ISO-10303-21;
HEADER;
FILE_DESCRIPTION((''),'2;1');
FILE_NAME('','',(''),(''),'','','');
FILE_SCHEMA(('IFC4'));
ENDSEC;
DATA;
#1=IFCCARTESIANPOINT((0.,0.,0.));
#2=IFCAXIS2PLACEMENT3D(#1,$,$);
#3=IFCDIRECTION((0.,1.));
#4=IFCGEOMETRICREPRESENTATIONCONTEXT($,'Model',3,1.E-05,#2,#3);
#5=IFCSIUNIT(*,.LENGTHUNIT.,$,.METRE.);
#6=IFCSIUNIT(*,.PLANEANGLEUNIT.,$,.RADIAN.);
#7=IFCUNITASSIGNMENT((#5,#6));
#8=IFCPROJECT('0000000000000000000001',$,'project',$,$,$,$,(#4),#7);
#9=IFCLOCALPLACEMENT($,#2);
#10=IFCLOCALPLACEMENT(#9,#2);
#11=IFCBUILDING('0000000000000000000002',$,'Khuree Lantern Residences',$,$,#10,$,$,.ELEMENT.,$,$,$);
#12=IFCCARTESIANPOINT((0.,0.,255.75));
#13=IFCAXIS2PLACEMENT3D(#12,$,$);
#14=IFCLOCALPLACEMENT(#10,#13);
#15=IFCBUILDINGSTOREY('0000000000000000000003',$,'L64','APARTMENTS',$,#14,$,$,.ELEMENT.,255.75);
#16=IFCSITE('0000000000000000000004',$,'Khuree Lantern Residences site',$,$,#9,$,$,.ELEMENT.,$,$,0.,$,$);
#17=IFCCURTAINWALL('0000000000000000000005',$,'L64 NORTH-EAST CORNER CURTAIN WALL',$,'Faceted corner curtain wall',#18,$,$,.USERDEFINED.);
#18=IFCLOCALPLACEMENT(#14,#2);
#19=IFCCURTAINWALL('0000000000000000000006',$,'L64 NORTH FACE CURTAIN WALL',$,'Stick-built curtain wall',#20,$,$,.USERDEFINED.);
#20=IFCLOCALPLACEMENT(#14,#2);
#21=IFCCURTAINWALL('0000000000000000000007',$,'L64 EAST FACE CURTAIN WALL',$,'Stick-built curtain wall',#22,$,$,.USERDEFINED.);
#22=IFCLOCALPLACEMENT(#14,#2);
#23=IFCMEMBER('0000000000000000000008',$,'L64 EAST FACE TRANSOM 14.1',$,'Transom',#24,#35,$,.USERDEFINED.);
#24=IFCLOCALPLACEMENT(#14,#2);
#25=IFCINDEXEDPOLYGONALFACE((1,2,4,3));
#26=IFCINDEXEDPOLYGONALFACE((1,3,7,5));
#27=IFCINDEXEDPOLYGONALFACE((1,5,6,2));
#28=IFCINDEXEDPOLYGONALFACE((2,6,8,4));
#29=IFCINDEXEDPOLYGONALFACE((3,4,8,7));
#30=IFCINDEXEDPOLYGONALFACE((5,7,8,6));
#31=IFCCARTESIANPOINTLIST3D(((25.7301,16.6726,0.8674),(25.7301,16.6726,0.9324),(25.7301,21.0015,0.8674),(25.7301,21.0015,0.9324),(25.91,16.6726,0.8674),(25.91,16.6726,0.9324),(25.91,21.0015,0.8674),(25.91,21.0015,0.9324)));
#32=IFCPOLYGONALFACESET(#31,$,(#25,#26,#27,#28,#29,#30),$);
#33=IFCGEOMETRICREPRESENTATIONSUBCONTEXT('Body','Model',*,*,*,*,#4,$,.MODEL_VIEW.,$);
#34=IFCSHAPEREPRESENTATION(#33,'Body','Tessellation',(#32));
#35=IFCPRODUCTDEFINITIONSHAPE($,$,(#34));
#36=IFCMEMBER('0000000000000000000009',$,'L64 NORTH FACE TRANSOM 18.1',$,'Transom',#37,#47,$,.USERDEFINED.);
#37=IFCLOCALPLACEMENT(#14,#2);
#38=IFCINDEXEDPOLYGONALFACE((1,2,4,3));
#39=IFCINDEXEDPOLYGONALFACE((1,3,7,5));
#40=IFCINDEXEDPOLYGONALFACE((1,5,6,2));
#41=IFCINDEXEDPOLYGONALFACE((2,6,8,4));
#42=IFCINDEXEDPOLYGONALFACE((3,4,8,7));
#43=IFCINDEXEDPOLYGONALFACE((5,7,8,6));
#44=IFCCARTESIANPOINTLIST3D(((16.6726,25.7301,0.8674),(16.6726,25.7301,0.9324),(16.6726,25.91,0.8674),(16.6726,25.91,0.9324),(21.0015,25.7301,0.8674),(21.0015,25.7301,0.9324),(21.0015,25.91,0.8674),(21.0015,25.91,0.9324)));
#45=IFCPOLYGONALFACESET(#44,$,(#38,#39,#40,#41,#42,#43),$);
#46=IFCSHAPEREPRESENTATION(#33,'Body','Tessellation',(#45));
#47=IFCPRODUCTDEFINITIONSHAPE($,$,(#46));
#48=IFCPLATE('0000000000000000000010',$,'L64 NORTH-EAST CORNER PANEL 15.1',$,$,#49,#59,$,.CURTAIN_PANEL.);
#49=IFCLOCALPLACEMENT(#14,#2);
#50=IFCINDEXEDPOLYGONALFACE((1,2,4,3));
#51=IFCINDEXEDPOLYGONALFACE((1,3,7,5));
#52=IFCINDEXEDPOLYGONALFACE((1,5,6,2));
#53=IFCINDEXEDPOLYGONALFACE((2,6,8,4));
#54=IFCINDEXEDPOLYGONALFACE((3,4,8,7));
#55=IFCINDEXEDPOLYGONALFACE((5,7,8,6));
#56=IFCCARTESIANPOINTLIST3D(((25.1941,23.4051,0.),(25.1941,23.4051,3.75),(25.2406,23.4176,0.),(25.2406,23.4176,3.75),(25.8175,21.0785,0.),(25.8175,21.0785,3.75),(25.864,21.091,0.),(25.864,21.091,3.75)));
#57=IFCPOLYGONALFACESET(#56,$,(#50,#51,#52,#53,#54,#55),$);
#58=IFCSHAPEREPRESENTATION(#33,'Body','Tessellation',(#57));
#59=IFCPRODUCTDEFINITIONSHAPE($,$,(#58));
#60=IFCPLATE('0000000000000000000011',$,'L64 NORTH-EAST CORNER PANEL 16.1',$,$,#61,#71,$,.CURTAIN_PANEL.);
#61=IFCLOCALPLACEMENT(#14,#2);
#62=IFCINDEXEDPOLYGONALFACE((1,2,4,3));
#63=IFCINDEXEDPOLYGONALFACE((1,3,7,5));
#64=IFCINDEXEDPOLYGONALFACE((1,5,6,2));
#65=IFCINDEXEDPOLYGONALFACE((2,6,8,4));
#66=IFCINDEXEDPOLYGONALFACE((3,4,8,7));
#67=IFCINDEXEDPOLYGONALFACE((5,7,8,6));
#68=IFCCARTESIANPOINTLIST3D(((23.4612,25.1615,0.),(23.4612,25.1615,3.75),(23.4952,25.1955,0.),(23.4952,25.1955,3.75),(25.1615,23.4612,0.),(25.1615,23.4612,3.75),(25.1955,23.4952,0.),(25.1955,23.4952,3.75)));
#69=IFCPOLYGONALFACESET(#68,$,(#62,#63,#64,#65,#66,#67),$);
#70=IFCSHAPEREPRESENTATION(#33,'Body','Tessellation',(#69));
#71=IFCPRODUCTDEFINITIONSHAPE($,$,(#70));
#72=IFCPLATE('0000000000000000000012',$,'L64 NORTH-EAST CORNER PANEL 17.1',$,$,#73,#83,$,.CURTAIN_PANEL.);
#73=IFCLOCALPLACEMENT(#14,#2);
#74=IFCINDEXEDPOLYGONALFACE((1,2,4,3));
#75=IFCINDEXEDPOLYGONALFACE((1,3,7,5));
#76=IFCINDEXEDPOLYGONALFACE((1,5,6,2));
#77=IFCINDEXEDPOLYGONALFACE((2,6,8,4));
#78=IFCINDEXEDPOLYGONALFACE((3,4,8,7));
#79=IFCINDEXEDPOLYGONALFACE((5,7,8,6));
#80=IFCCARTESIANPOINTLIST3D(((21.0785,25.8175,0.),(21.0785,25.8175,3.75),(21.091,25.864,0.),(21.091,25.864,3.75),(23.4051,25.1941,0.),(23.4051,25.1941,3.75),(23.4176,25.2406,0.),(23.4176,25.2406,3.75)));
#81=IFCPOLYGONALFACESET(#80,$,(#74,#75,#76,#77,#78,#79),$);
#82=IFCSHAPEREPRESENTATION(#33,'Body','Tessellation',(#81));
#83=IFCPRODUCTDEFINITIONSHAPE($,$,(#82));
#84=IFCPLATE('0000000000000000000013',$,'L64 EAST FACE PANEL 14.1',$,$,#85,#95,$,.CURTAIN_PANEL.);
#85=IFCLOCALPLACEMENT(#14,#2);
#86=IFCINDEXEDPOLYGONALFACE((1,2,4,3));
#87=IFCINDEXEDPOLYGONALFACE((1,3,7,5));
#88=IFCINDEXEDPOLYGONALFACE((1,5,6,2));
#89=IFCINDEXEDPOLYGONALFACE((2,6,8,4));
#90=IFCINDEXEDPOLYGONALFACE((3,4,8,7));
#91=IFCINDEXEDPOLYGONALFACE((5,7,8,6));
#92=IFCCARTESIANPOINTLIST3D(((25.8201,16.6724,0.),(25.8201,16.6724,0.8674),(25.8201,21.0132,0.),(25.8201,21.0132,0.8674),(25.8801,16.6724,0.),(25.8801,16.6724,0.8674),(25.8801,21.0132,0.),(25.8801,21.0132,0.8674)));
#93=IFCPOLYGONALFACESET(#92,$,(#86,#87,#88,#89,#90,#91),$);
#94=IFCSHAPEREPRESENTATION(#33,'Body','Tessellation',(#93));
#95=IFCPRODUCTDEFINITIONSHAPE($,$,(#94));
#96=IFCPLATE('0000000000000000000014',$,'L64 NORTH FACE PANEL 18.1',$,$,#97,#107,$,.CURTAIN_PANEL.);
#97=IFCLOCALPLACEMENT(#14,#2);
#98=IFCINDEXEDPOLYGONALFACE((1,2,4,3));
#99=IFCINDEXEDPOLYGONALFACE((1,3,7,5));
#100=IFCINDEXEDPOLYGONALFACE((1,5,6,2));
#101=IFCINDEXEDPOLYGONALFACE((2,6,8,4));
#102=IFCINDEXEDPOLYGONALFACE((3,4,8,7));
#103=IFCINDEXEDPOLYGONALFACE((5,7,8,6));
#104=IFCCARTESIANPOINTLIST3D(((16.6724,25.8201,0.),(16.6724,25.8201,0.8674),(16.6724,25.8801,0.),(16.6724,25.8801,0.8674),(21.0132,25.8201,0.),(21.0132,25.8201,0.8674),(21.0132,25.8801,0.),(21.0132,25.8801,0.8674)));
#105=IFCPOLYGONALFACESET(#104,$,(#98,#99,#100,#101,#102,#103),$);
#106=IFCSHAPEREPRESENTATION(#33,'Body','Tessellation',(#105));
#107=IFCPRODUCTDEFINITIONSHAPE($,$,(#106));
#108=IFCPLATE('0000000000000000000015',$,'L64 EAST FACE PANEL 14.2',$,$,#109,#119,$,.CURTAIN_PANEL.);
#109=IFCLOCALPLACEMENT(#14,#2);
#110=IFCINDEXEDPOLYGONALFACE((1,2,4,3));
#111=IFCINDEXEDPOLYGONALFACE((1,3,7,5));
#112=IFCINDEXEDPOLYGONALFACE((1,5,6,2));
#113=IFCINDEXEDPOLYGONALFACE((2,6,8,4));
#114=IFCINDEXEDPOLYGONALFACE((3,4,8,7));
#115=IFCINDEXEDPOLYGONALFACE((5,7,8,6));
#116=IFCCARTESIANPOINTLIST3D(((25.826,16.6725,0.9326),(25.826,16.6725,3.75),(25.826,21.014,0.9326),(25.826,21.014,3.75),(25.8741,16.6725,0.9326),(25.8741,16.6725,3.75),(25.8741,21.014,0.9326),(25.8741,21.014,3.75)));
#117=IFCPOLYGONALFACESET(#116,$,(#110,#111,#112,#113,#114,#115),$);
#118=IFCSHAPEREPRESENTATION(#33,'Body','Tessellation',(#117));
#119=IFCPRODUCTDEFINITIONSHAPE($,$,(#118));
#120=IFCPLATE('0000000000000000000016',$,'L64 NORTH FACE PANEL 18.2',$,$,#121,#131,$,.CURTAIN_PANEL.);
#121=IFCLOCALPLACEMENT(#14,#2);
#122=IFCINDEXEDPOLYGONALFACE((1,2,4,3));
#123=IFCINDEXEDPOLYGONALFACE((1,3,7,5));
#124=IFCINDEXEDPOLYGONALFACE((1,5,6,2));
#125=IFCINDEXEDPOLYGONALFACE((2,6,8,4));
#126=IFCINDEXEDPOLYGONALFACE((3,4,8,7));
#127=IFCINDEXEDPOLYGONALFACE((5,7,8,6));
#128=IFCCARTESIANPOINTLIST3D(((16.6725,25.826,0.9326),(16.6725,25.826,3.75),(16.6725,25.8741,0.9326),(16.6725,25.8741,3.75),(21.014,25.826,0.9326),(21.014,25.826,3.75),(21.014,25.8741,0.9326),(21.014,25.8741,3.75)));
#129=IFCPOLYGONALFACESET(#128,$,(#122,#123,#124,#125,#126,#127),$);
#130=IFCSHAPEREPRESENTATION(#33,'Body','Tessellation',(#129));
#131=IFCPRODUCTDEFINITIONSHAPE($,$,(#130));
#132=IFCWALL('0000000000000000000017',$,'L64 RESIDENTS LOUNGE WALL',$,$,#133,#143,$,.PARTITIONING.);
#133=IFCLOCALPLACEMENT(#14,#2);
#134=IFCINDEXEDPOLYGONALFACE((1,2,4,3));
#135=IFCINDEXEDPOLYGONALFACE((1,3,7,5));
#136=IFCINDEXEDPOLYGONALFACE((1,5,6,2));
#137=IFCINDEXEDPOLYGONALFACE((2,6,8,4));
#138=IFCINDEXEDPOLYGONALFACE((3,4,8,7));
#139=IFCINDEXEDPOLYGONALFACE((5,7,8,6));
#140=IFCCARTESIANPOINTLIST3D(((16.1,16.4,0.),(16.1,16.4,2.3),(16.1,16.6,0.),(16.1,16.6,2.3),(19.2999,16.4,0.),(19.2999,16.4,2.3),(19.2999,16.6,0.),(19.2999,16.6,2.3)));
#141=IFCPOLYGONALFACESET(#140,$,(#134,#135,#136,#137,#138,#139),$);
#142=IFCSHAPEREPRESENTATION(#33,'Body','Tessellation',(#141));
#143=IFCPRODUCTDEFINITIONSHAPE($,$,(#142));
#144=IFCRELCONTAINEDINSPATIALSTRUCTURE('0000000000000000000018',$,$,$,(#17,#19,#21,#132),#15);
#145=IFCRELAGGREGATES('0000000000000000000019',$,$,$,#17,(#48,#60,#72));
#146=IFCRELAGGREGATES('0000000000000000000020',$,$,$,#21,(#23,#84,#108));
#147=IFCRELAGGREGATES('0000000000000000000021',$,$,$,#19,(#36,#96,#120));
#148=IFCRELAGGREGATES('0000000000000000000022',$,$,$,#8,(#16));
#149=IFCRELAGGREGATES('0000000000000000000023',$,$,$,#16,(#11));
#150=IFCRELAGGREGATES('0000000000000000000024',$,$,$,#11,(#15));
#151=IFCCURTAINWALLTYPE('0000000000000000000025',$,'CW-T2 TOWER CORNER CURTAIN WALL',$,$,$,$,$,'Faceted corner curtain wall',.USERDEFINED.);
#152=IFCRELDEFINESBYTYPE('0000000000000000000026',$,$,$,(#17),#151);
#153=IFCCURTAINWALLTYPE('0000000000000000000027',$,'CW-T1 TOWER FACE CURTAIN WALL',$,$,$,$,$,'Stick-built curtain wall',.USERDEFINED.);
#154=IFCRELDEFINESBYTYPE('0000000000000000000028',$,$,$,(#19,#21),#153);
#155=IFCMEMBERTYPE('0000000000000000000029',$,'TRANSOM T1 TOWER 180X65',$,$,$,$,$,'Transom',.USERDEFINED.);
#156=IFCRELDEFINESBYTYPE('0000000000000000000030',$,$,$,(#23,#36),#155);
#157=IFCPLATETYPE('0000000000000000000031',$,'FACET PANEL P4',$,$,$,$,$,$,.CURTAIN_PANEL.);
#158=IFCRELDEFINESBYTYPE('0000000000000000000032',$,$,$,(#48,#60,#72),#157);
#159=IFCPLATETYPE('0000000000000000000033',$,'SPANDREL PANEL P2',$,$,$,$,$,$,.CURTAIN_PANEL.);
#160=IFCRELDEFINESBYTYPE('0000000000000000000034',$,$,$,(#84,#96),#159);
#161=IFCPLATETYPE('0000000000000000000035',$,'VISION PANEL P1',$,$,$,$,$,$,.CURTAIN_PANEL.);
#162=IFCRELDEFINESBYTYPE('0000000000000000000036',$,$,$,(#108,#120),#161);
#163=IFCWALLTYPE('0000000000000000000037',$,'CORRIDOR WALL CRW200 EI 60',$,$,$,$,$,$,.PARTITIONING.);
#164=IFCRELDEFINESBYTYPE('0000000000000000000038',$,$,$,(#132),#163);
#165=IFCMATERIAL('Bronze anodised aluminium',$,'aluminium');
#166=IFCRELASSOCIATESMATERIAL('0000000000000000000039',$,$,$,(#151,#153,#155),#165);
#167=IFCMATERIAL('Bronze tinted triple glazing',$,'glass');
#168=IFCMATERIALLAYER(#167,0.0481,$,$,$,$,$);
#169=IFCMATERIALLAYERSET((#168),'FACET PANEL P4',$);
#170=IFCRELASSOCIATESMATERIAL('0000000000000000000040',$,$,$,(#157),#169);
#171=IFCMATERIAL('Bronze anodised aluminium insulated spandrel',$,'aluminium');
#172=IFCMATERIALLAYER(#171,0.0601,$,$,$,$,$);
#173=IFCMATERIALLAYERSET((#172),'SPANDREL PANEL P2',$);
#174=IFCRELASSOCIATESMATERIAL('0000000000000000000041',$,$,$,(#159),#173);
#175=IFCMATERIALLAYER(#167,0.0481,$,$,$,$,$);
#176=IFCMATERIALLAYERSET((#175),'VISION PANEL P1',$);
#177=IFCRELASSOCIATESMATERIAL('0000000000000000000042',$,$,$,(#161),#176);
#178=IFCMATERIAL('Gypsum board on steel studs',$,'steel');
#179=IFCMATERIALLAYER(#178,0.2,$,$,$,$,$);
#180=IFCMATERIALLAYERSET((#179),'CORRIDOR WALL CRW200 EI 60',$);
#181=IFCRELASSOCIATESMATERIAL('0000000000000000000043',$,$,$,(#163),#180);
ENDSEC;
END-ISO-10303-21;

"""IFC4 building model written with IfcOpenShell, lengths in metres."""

from ifc_helpers import new_model, si_unit, direction, frame, frame_2d, origin, origin_2d, place, context, subcontext, project, spatial, rectangle, extrude, material, layer, layer_set, material_profile, profile_set, type_object, element, aggregate, save


model = new_model("IFC4")

# Units and contexts
model_context = context("Model", 3, precision=1e-05, world=origin(), true_north=direction((0.0, 1.0)))
body_context = subcontext(model_context, "Body", "Model", "MODEL_VIEW")
ifc_project = project(units=[si_unit("LENGTHUNIT", "METRE"), si_unit("PLANEANGLEUNIT", "RADIAN")], contexts=[model_context])

# Site, building, storey
site_placement = place(None, origin())
site = spatial("IfcSite", under=ifc_project, at=site_placement, Name="Khuree Lantern Residences site", CompositionType="ELEMENT", RefElevation=0.0)
building_placement = place(site_placement, origin())
building = spatial("IfcBuilding", under=site, at=building_placement, Name="Khuree Lantern Residences", CompositionType="ELEMENT")
storey_placement = place(building_placement, frame((0.0, 0.0, 255.75)))
storey = spatial("IfcBuildingStorey", under=building, at=storey_placement, Name="L64", Description="APARTMENTS", CompositionType="ELEMENT", Elevation=255.75)

# Curtain walls
ifc_material_1 = material(Name="Bronze anodised aluminium", Category="aluminium")
curtain_wall_type_1 = type_object("IfcCurtainWallType", Name="CW-T2 TOWER CORNER CURTAIN WALL", ElementType="Faceted corner curtain wall", PredefinedType="USERDEFINED", material=ifc_material_1)
curtain_wall_1_placement = place(storey_placement, origin())
curtain_wall_1 = element("IfcCurtainWall", 1, at=curtain_wall_1_placement, inside=storey, type_object=curtain_wall_type_1, Name="L64 NORTH-EAST CORNER CURTAIN WALL", ObjectType="Faceted corner curtain wall", PredefinedType="USERDEFINED")
curtain_wall_type_2 = type_object("IfcCurtainWallType", Name="CW-T1 TOWER FACE CURTAIN WALL", ElementType="Stick-built curtain wall", PredefinedType="USERDEFINED", material=ifc_material_1)
curtain_wall_2_placement = place(storey_placement, origin())
curtain_wall_2 = element("IfcCurtainWall", 2, at=curtain_wall_2_placement, inside=storey, type_object=curtain_wall_type_2, Name="L64 NORTH FACE CURTAIN WALL", ObjectType="Stick-built curtain wall", PredefinedType="USERDEFINED")

# Curtain wall
curtain_wall_3_placement = place(storey_placement, origin())
curtain_wall_3 = element("IfcCurtainWall", 3, at=curtain_wall_3_placement, inside=storey, type_object=curtain_wall_type_2, Name="L64 EAST FACE CURTAIN WALL", ObjectType="Stick-built curtain wall", PredefinedType="USERDEFINED")

# Members
ifc_material_profile_1 = material_profile(ifc_material_1, rectangle(XDim=0.1799, YDim=0.0649, at=origin_2d()), Name="T1 180X65")
ifc_profile_set_1 = profile_set([ifc_material_profile_1], Name="Bronze anodised aluminium")
member_type_1 = type_object("IfcMemberType", Name="TRANSOM T1 TOWER 180X65", ElementType="Transom", PredefinedType="USERDEFINED", material=ifc_profile_set_1)
member_1_placement = place(storey_placement, frame((25.8201, 16.6726, 0.8999), z_axis=(0.0, 1.0, 0.0), x_axis=(-1.0, 0.0, 0.0)))
member_1 = element("IfcMember", 4, at=member_1_placement, type_object=member_type_1, Name="L64 EAST FACE TRANSOM 14.1", ObjectType="Transom", PredefinedType="USERDEFINED", context=body_context, shape_type="SweptSolid", body=[
    extrude(rectangle(XDim=0.1799, YDim=0.0649, at=origin_2d()), origin(), (0.0, 0.0, 1.0), 4.3289),
])
member_2_placement = place(storey_placement, frame((21.0015, 25.8201, 0.8999), z_axis=(-1.0, 0.0, 0.0), x_axis=(0.0, -1.0, 0.0)))
member_2 = element("IfcMember", 5, at=member_2_placement, type_object=member_type_1, Name="L64 NORTH FACE TRANSOM 18.1", ObjectType="Transom", PredefinedType="USERDEFINED", context=body_context, shape_type="SweptSolid", body=[
    extrude(rectangle(XDim=0.1799, YDim=0.0649, at=origin_2d()), origin(), (0.0, 0.0, 1.0), 4.3289),
])

# Plates
ifc_material_2 = material(Name="Bronze tinted triple glazing", Category="glass")
ifc_layer_1 = layer(ifc_material_2, 0.0481)
ifc_layer_set_1 = layer_set([ifc_layer_1], Name="FACET PANEL P4")
plate_type_1 = type_object("IfcPlateType", Name="FACET PANEL P4", PredefinedType="CURTAIN_PANEL", material=ifc_layer_set_1)
plate_1_placement = place(storey_placement, frame((25.5291, 22.248, 0.0), z_axis=(0.0, 0.0, 1.0), x_axis=(-0.258819, 0.965926, 0.0)))
plate_1 = element("IfcPlate", 6, at=plate_1_placement, type_object=plate_type_1, Name="L64 NORTH-EAST CORNER PANEL 15.1", PredefinedType="CURTAIN_PANEL", context=body_context, shape_type="SweptSolid", body=[
    extrude(rectangle(XDim=2.4087, YDim=0.0481, at=origin_2d()), origin(), (0.0, 0.0, 1.0), 3.75),
])
plate_2_placement = place(storey_placement, frame((24.3284, 24.3284, 0.0), z_axis=(0.0, 0.0, 1.0), x_axis=(-0.707107, 0.707107, 0.0)))
plate_2 = element("IfcPlate", 7, at=plate_2_placement, type_object=plate_type_1, Name="L64 NORTH-EAST CORNER PANEL 16.1", PredefinedType="CURTAIN_PANEL", context=body_context, shape_type="SweptSolid", body=[
    extrude(rectangle(XDim=2.4045, YDim=0.0481, at=origin_2d()), origin(), (0.0, 0.0, 1.0), 3.75),
])
plate_3_placement = place(storey_placement, frame((22.248, 25.5291, 0.0), z_axis=(0.0, 0.0, 1.0), x_axis=(-0.965926, 0.258819, 0.0)))
plate_3 = element("IfcPlate", 8, at=plate_3_placement, type_object=plate_type_1, Name="L64 NORTH-EAST CORNER PANEL 17.1", PredefinedType="CURTAIN_PANEL", context=body_context, shape_type="SweptSolid", body=[
    extrude(rectangle(XDim=2.4087, YDim=0.0481, at=origin_2d()), origin(), (0.0, 0.0, 1.0), 3.75),
])
aggregate(curtain_wall_1, [plate_1, plate_2, plate_3])
ifc_material_3 = material(Name="Bronze anodised aluminium insulated spandrel", Category="aluminium")
ifc_layer_2 = layer(ifc_material_3, 0.0601)
ifc_layer_set_2 = layer_set([ifc_layer_2], Name="SPANDREL PANEL P2")
plate_type_2 = type_object("IfcPlateType", Name="SPANDREL PANEL P2", PredefinedType="CURTAIN_PANEL", material=ifc_layer_set_2)
plate_4_placement = place(storey_placement, frame((25.8501, 18.8428, 0.0), z_axis=(0.0, 0.0, 1.0), x_axis=(0.0, 1.0, 0.0)))
plate_4 = element("IfcPlate", 9, at=plate_4_placement, type_object=plate_type_2, Name="L64 EAST FACE PANEL 14.1", PredefinedType="CURTAIN_PANEL", context=body_context, shape_type="SweptSolid", body=[
    extrude(rectangle(XDim=4.3408, YDim=0.0601, at=origin_2d()), origin(), (0.0, 0.0, 1.0), 0.8674),
])
plate_5_placement = place(storey_placement, frame((18.8428, 25.8501, 0.0), z_axis=(0.0, 0.0, 1.0), x_axis=(-1.0, 0.0, 0.0)))
plate_5 = element("IfcPlate", 10, at=plate_5_placement, type_object=plate_type_2, Name="L64 NORTH FACE PANEL 18.1", PredefinedType="CURTAIN_PANEL", context=body_context, shape_type="SweptSolid", body=[
    extrude(rectangle(XDim=4.3408, YDim=0.0601, at=origin_2d()), origin(), (0.0, 0.0, 1.0), 0.8674),
])
ifc_layer_3 = layer(ifc_material_2, 0.0481)
ifc_layer_set_3 = layer_set([ifc_layer_3], Name="VISION PANEL P1")
plate_type_3 = type_object("IfcPlateType", Name="VISION PANEL P1", PredefinedType="CURTAIN_PANEL", material=ifc_layer_set_3)
plate_6_placement = place(storey_placement, frame((25.8501, 18.8433, 0.9326), z_axis=(0.0, 0.0, 1.0), x_axis=(0.0, 1.0, 0.0)))
plate_6 = element("IfcPlate", 11, at=plate_6_placement, type_object=plate_type_3, Name="L64 EAST FACE PANEL 14.2", PredefinedType="CURTAIN_PANEL", context=body_context, shape_type="SweptSolid", body=[
    extrude(rectangle(XDim=4.3416, YDim=0.0481, at=origin_2d()), origin(), (0.0, 0.0, 1.0), 2.8174),
])
aggregate(curtain_wall_3, [member_1, plate_4, plate_6])
plate_7_placement = place(storey_placement, frame((18.8433, 25.8501, 0.9326), z_axis=(0.0, 0.0, 1.0), x_axis=(-1.0, 0.0, 0.0)))
plate_7 = element("IfcPlate", 12, at=plate_7_placement, type_object=plate_type_3, Name="L64 NORTH FACE PANEL 18.2", PredefinedType="CURTAIN_PANEL", context=body_context, shape_type="SweptSolid", body=[
    extrude(rectangle(XDim=4.3416, YDim=0.0481, at=origin_2d()), origin(), (0.0, 0.0, 1.0), 2.8174),
])
aggregate(curtain_wall_2, [member_2, plate_5, plate_7])

# Wall
ifc_material_4 = material(Name="Gypsum board on steel studs", Category="steel")
ifc_layer_4 = layer(ifc_material_4, 0.2)
ifc_layer_set_4 = layer_set([ifc_layer_4], Name="CORRIDOR WALL CRW200 EI 60")
wall_type = type_object("IfcWallType", Name="CORRIDOR WALL CRW200 EI 60", PredefinedType="PARTITIONING", material=ifc_layer_set_4)
wall_placement = place(storey_placement, frame((19.3, 16.5, 0.0), z_axis=(0.0, 0.0, 1.0), x_axis=(-1.0, 0.0, 0.0)))
element("IfcWall", 13, at=wall_placement, inside=storey, type_object=wall_type, Name="L64 RESIDENTS LOUNGE WALL", PredefinedType="PARTITIONING", context=body_context, shape_type="SweptSolid", body=[
    extrude(rectangle(XDim=3.2, YDim=0.2, at=frame_2d((1.6001, 0.0))), origin(), (0.0, 0.0, 1.0), 2.3),
])

save(model, "model.ifc")
